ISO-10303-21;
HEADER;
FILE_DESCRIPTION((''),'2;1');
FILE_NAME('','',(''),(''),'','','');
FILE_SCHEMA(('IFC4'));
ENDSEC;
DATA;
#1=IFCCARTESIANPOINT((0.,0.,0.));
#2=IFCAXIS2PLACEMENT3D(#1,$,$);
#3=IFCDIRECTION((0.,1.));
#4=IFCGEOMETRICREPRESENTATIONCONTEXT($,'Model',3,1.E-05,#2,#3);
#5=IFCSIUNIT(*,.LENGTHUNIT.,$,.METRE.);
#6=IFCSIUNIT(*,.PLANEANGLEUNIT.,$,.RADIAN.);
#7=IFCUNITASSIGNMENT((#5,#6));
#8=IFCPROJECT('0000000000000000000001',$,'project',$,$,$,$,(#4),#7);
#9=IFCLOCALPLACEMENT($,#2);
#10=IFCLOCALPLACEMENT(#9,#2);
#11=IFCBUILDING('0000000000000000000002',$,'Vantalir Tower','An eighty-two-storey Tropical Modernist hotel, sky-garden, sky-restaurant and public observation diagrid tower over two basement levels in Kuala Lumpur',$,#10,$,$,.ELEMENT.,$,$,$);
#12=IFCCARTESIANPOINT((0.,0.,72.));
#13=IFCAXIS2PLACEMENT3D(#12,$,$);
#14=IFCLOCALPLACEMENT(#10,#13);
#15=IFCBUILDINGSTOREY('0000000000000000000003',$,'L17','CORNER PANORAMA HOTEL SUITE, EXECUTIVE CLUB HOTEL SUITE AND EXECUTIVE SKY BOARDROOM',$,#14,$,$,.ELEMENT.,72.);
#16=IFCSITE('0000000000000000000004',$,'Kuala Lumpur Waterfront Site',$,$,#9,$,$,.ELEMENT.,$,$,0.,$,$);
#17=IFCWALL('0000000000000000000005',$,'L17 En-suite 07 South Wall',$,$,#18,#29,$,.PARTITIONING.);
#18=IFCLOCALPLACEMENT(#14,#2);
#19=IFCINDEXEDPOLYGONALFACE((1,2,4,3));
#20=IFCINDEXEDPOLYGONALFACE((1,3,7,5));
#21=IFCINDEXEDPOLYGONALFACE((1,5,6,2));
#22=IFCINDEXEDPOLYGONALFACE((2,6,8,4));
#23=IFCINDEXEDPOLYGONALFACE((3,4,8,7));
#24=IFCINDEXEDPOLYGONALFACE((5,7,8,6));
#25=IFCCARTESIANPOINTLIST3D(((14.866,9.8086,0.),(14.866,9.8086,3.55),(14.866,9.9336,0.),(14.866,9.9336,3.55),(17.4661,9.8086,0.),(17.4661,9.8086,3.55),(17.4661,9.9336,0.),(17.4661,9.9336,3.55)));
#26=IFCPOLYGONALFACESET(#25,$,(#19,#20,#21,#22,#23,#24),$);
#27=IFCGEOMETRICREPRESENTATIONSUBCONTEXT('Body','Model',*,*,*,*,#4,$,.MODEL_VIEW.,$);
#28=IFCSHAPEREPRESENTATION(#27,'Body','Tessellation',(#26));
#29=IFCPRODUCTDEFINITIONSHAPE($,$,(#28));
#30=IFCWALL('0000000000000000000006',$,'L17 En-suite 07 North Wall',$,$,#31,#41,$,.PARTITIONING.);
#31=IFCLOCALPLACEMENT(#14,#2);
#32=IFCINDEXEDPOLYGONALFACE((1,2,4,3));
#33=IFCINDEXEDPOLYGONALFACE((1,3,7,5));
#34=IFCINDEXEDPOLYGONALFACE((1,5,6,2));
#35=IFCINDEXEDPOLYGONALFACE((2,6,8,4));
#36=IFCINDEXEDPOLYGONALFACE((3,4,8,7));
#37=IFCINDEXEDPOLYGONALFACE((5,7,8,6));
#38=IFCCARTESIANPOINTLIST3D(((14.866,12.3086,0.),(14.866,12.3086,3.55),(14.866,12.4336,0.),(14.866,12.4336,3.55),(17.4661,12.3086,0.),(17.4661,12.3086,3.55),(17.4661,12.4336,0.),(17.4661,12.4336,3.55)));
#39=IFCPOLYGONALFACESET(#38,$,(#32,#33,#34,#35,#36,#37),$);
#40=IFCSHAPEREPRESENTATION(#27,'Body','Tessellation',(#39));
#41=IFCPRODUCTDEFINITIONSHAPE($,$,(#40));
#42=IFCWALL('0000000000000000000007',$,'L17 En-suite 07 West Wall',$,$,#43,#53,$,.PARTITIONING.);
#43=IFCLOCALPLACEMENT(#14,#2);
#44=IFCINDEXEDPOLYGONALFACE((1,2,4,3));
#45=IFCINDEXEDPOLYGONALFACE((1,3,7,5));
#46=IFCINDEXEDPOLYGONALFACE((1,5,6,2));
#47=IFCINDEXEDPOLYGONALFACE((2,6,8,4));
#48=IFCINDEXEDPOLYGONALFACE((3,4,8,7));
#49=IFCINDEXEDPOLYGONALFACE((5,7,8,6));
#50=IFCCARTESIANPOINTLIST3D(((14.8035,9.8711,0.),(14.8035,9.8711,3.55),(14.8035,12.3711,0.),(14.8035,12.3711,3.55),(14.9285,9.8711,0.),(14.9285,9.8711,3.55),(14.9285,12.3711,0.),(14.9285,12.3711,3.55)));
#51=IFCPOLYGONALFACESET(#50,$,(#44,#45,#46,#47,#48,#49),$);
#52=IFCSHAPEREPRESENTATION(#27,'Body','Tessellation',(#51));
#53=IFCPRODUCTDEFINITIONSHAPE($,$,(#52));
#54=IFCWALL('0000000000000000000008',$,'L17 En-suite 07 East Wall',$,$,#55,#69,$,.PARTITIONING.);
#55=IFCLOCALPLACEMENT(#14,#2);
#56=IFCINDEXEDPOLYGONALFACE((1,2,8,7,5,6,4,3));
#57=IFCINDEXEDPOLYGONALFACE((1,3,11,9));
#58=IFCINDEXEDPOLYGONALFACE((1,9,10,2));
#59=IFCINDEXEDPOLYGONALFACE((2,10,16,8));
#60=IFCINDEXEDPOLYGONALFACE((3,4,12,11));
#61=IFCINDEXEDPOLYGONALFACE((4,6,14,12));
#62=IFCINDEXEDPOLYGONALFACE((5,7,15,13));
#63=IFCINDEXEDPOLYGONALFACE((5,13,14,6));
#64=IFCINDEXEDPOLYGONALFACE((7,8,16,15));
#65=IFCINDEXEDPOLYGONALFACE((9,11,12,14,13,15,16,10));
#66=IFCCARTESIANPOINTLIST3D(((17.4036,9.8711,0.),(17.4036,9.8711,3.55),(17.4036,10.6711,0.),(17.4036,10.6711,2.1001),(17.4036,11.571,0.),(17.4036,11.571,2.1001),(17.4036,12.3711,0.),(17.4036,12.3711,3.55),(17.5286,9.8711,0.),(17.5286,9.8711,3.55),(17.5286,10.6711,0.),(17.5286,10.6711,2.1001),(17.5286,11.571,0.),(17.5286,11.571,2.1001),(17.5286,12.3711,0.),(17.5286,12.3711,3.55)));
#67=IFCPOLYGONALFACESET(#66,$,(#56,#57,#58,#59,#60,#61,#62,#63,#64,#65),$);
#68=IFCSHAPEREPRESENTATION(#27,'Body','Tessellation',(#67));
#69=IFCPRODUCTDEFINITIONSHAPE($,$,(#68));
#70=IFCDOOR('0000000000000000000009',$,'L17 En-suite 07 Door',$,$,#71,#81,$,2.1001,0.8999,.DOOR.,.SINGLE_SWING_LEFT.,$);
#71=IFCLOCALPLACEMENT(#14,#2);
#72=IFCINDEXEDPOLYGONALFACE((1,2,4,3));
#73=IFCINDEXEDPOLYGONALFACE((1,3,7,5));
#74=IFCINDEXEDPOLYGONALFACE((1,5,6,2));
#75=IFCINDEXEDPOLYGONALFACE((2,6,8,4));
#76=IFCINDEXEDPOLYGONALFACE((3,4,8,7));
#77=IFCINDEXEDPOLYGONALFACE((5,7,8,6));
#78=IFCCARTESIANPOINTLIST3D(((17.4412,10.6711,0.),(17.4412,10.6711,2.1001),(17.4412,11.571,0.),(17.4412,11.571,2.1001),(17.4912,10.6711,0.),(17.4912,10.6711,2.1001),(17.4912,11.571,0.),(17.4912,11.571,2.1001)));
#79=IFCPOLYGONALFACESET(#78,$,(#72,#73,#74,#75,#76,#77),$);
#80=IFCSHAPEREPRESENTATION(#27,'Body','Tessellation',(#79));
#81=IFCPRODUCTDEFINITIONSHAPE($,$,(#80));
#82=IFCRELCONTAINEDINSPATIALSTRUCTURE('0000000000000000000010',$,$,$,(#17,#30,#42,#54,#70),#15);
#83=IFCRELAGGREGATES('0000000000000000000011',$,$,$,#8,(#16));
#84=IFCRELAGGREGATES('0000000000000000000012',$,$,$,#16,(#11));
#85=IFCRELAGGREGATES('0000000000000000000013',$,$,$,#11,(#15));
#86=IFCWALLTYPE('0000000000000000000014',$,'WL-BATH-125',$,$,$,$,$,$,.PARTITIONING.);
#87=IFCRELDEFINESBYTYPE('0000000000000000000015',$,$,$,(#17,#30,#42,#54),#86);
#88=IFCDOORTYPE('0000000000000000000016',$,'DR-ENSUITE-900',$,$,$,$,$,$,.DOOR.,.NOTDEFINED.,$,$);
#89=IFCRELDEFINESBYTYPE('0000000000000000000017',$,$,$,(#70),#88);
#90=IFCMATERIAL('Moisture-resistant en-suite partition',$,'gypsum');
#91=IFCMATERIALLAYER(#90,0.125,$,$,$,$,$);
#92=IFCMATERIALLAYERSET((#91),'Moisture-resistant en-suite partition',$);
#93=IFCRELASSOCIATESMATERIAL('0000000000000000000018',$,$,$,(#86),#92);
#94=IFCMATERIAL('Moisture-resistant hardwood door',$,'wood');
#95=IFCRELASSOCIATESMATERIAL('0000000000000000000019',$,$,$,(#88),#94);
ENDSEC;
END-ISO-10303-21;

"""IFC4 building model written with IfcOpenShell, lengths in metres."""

from ifc_helpers import new_model, si_unit, direction, frame, frame_2d, origin, place, context, subcontext, project, spatial, rectangle, extrude, material, layer, layer_set, type_object, element, fill, save


model = new_model("IFC4")

# Units and contexts
model_context = context("Model", 3, precision=1e-05, world=origin(), true_north=direction((0.0, 1.0)))
body_context = subcontext(model_context, "Body", "Model", "MODEL_VIEW")
ifc_project = project(units=[si_unit("LENGTHUNIT", "METRE"), si_unit("PLANEANGLEUNIT", "RADIAN")], contexts=[model_context])

# Site, building, storey
site_placement = place(None, origin())
site = spatial("IfcSite", under=ifc_project, at=site_placement, Name="Kuala Lumpur Waterfront Site", CompositionType="ELEMENT", RefElevation=0.0)
building_placement = place(site_placement, origin())
building = spatial("IfcBuilding", under=site, at=building_placement, Name="Vantalir Tower", Description="An eighty-two-storey Tropical Modernist hotel, sky-garden, sky-restaurant and public observation diagrid tower over two basement levels in Kuala Lumpur", CompositionType="ELEMENT")
storey_placement = place(building_placement, frame((0.0, 0.0, 72.0)))
storey = spatial("IfcBuildingStorey", under=building, at=storey_placement, Name="L17", Description="CORNER PANORAMA HOTEL SUITE, EXECUTIVE CLUB HOTEL SUITE AND EXECUTIVE SKY BOARDROOM", CompositionType="ELEMENT", Elevation=72.0)

# Walls
ifc_material_1 = material(Name="Moisture-resistant en-suite partition", Category="gypsum")
ifc_layer_1 = layer(ifc_material_1, 0.125)
ifc_layer_set_1 = layer_set([ifc_layer_1], Name="Moisture-resistant en-suite partition")
wall_type = type_object("IfcWallType", Name="WL-BATH-125", PredefinedType="PARTITIONING", material=ifc_layer_set_1)
for number, where, z_axis, x_axis, name in (
    (1, (14.866, 9.8711, 0.0), (0.0, 0.0, 1.0), (1.0, 0.0, 0.0), "L17 En-suite 07 South Wall"),
    (2, (14.866, 12.3711, 0.0), (0.0, 0.0, 1.0), (1.0, 0.0, 0.0), "L17 En-suite 07 North Wall"),
):
    element("IfcWall", number, at=place(storey_placement, frame(where, z_axis=z_axis, x_axis=x_axis)), inside=storey, type_object=wall_type, Name=name, PredefinedType="PARTITIONING", context=body_context, shape_type="SweptSolid", body=[
        extrude(rectangle(XDim=2.6001, YDim=0.125, at=frame_2d((1.3, 0.0))), origin(), (0.0, 0.0, 1.0), 3.55),
    ])
wall_1_placement = place(storey_placement, frame((14.866, 9.8711, 0.0), z_axis=(0.0, 0.0, 1.0), x_axis=(0.0, 1.0, 0.0)))
element("IfcWall", 3, at=wall_1_placement, inside=storey, type_object=wall_type, Name="L17 En-suite 07 West Wall", PredefinedType="PARTITIONING", context=body_context, shape_type="SweptSolid", body=[
    extrude(rectangle(XDim=2.5, YDim=0.125, at=frame_2d((1.25, 0.0))), origin(), (0.0, 0.0, 1.0), 3.55),
])

# Wall, opening, door
wall_2_placement = place(storey_placement, frame((17.4661, 9.8711, 0.0), z_axis=(0.0, 0.0, 1.0), x_axis=(0.0, 1.0, 0.0)))
wall_2 = element("IfcWall", 4, at=wall_2_placement, inside=storey, type_object=wall_type, Name="L17 En-suite 07 East Wall", PredefinedType="PARTITIONING", context=body_context, shape_type="SweptSolid", body=[
    extrude(rectangle(XDim=2.5, YDim=0.125, at=frame_2d((1.25, 0.0))), origin(), (0.0, 0.0, 1.0), 3.55),
])
opening_placement = place(wall_2_placement, frame((0.8, 0.0, 0.0)))
opening = element("IfcOpeningElement", 5, at=opening_placement, cuts=wall_2, PredefinedType="OPENING", context=body_context, shape_type="SweptSolid", body=[
    extrude(rectangle(XDim=0.8999, YDim=2.1001, at=frame_2d((0.45, 1.05))), frame((0.0, 0.0725, 0.0), z_axis=(0.0, -1.0, 0.0), x_axis=(1.0, 0.0, 0.0)), (0.0, 0.0, 1.0), 0.145),
])
ifc_material_2 = material(Name="Moisture-resistant hardwood door", Category="wood")
door_type = type_object("IfcDoorType", Name="DR-ENSUITE-900", OperationType="NOTDEFINED", PredefinedType="DOOR", material=ifc_material_2)
door_placement = place(opening_placement, origin())
door = element("IfcDoor", 6, at=door_placement, inside=storey, type_object=door_type, Name="L17 En-suite 07 Door", OperationType="SINGLE_SWING_LEFT", OverallHeight=2.1001, OverallWidth=0.8999, PredefinedType="DOOR", context=body_context, shape_type="SweptSolid", body=[
    extrude(rectangle(XDim=0.8999, YDim=2.1001, at=frame_2d((0.45, 1.05))), frame((0.0, 0.0249, 0.0), z_axis=(0.0, -1.0, 0.0), x_axis=(1.0, 0.0, 0.0)), (0.0, 0.0, 1.0), 0.05),
])
fill(opening, door)

save(model, "model.ifc")
